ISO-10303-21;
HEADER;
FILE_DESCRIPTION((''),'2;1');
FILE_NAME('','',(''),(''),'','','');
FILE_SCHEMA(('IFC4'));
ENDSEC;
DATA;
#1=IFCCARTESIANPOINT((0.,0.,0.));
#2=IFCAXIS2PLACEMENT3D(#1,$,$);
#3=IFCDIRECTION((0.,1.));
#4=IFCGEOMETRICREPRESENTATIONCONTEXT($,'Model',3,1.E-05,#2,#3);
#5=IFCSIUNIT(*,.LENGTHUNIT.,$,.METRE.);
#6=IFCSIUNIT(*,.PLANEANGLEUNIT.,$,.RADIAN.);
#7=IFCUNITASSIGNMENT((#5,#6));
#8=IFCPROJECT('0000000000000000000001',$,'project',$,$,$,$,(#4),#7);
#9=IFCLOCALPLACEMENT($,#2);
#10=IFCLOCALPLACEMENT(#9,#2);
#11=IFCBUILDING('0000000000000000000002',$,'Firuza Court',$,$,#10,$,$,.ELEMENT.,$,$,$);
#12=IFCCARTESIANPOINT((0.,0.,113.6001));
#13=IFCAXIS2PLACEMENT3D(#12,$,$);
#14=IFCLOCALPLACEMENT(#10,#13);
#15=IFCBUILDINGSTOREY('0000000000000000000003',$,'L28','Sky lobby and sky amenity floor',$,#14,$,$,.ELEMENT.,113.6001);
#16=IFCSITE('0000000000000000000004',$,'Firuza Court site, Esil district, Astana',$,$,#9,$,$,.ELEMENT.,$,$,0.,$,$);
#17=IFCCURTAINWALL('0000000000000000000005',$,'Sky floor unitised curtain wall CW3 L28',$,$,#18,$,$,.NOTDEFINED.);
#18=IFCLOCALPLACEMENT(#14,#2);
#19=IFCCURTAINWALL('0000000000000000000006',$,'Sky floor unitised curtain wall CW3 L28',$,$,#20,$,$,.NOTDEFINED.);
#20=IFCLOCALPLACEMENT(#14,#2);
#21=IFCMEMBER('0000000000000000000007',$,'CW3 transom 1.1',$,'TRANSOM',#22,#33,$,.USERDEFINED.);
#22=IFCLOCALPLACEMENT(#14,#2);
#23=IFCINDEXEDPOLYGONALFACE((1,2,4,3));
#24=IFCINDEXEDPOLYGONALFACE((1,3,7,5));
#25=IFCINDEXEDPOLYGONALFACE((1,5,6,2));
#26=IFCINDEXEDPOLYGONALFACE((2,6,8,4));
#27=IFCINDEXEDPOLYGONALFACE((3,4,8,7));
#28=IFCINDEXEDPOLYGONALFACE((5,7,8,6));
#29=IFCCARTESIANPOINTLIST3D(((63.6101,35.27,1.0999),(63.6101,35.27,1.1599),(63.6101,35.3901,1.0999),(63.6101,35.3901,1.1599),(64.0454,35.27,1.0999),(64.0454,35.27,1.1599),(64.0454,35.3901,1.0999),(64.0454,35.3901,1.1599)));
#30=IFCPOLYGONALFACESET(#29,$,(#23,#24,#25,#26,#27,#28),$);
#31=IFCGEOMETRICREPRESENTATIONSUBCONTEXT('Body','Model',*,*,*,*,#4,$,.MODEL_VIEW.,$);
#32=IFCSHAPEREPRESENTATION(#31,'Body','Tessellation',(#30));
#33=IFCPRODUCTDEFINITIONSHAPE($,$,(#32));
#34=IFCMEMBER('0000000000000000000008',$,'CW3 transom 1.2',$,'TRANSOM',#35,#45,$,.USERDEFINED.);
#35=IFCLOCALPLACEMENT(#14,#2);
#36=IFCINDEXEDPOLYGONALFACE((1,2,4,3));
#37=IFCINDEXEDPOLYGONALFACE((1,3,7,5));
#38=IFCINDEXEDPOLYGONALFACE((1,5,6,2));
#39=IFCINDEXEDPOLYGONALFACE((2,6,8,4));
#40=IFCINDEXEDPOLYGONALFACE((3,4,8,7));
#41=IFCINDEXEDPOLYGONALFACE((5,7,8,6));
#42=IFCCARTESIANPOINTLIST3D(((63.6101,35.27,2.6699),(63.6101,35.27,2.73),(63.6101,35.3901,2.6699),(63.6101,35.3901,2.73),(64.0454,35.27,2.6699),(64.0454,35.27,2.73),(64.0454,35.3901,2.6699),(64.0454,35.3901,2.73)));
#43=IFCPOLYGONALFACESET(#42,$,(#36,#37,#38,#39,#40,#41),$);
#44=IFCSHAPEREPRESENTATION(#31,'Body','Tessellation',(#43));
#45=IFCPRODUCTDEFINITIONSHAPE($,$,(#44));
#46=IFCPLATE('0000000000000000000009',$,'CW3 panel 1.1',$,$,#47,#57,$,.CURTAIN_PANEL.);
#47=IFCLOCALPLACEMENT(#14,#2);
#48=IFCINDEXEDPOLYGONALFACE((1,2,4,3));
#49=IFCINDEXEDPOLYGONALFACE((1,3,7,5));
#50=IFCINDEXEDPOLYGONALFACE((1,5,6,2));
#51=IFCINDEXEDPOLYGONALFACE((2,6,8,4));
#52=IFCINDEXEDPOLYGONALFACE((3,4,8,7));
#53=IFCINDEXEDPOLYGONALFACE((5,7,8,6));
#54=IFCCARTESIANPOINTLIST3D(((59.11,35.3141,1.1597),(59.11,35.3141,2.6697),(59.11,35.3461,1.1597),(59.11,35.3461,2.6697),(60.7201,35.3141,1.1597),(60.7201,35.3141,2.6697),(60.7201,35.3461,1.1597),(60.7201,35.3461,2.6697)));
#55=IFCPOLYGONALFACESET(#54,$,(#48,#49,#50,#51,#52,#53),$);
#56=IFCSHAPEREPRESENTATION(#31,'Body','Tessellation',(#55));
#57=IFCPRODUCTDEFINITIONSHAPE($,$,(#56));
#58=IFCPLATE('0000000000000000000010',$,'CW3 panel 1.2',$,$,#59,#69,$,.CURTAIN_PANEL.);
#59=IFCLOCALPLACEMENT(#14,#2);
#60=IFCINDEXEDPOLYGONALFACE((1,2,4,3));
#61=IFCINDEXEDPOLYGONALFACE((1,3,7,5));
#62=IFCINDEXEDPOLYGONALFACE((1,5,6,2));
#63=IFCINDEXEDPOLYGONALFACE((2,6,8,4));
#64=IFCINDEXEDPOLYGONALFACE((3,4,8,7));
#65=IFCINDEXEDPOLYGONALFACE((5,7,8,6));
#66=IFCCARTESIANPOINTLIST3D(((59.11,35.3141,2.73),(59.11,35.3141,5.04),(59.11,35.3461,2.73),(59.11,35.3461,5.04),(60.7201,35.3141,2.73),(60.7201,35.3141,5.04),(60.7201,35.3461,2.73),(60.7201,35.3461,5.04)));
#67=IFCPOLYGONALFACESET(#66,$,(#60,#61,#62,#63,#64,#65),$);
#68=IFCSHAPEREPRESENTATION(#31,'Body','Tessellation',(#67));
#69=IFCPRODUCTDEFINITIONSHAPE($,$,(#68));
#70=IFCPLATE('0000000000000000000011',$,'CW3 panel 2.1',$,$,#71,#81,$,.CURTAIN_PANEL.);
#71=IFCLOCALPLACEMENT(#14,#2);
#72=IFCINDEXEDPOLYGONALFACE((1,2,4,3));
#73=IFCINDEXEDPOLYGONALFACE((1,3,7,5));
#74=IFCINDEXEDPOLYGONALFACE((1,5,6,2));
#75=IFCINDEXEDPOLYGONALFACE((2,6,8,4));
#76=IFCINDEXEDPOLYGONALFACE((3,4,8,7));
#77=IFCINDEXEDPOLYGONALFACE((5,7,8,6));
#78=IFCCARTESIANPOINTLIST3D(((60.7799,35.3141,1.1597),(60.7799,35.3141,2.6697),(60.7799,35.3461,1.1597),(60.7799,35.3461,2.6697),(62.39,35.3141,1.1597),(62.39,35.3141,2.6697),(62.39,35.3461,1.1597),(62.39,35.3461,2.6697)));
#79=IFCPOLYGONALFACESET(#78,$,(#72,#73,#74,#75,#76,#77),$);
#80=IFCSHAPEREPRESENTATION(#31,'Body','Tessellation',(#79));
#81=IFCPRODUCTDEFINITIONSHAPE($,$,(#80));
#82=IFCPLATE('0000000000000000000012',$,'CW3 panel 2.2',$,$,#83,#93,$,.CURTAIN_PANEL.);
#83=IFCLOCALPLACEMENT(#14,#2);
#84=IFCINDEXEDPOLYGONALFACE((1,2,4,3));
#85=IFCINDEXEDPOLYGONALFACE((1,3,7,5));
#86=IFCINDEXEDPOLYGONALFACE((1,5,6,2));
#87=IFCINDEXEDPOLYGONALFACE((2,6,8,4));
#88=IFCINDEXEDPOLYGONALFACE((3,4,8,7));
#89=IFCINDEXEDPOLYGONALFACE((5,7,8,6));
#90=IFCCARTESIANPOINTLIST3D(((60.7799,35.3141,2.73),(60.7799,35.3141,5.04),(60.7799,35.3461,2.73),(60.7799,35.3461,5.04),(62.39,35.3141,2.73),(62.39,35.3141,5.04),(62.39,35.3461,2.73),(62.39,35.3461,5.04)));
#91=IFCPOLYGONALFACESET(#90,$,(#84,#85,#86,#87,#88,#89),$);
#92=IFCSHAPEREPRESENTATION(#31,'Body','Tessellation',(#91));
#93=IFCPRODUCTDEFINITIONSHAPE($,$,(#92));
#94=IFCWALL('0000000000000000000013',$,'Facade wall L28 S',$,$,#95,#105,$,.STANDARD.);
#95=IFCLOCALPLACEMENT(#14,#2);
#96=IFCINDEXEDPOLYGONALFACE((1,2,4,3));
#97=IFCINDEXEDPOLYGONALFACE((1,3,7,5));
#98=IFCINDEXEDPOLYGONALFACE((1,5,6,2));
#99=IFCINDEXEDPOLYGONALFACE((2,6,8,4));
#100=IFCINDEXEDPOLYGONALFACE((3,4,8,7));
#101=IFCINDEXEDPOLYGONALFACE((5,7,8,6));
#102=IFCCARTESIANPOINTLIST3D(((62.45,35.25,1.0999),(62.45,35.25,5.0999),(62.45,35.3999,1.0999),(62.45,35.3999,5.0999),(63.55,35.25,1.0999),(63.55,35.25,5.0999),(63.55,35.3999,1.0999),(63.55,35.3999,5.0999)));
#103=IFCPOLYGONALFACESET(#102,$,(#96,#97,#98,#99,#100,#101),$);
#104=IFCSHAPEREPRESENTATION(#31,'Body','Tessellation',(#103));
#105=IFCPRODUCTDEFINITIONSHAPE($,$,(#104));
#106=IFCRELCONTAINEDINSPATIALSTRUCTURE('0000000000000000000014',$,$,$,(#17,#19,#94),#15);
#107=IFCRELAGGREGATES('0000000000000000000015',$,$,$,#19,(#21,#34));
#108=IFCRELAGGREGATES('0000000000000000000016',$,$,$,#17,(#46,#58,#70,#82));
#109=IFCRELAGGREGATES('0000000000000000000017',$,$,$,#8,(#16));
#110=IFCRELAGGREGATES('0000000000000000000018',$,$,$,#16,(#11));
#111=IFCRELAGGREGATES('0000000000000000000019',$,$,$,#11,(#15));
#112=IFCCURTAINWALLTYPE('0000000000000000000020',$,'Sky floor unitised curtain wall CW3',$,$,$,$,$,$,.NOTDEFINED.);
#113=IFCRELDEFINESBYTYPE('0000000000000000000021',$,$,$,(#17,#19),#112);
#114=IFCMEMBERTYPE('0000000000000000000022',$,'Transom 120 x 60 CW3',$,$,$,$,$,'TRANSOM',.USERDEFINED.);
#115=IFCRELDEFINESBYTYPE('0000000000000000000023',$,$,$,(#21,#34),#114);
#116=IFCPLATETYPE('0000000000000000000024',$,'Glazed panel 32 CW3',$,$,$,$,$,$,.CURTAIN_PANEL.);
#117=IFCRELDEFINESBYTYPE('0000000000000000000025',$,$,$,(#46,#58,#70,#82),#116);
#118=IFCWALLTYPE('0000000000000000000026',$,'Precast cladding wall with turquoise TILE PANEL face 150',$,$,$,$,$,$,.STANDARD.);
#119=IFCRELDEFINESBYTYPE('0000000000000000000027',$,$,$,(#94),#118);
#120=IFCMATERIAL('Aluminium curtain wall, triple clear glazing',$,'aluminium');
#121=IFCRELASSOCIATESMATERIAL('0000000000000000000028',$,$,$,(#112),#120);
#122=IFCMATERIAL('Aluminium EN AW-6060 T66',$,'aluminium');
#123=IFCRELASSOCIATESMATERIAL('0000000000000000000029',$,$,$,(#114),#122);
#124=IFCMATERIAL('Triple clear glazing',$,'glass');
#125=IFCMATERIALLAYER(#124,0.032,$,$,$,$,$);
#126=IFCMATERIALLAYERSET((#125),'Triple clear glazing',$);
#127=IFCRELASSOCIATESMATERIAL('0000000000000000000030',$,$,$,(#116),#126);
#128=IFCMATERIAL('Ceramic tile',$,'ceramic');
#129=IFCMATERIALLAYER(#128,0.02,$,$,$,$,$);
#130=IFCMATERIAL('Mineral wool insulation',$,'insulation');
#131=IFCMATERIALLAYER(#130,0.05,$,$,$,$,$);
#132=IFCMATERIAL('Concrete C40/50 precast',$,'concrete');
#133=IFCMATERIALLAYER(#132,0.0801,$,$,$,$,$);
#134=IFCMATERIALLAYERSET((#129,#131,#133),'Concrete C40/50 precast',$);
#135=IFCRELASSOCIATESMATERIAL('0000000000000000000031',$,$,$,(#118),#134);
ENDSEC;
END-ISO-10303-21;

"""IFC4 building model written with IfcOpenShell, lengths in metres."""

from ifc_helpers import new_model, si_unit, direction, frame, frame_2d, origin, origin_2d, place, context, subcontext, project, spatial, rectangle, extrude, material, layer, layer_set, material_profile, profile_set, type_object, element, aggregate, save


model = new_model("IFC4")

# Units and contexts
model_context = context("Model", 3, precision=1e-05, world=origin(), true_north=direction((0.0, 1.0)))
body_context = subcontext(model_context, "Body", "Model", "MODEL_VIEW")
ifc_project = project(units=[si_unit("LENGTHUNIT", "METRE"), si_unit("PLANEANGLEUNIT", "RADIAN")], contexts=[model_context])

# Site, building, storey
site_placement = place(None, origin())
site = spatial("IfcSite", under=ifc_project, at=site_placement, Name="Firuza Court site, Esil district, Astana", CompositionType="ELEMENT", RefElevation=0.0)
building_placement = place(site_placement, origin())
building = spatial("IfcBuilding", under=site, at=building_placement, Name="Firuza Court", CompositionType="ELEMENT")
storey_placement = place(building_placement, frame((0.0, 0.0, 113.6001)))
storey = spatial("IfcBuildingStorey", under=building, at=storey_placement, Name="L28", Description="Sky lobby and sky amenity floor", CompositionType="ELEMENT", Elevation=113.6001)

# Curtain wall
ifc_material_1 = material(Name="Aluminium curtain wall, triple clear glazing", Category="aluminium")
curtain_wall_type = type_object("IfcCurtainWallType", Name="Sky floor unitised curtain wall CW3", PredefinedType="NOTDEFINED", material=ifc_material_1)
curtain_wall_1_placement = place(storey_placement, origin())
curtain_wall_1 = element("IfcCurtainWall", 1, at=curtain_wall_1_placement, inside=storey, type_object=curtain_wall_type, Name="Sky floor unitised curtain wall CW3 L28", PredefinedType="NOTDEFINED")

# Curtain wall
curtain_wall_2_placement = place(storey_placement, origin())
curtain_wall_2 = element("IfcCurtainWall", 2, at=curtain_wall_2_placement, inside=storey, type_object=curtain_wall_type, Name="Sky floor unitised curtain wall CW3 L28", PredefinedType="NOTDEFINED")

# Members
ifc_material_2 = material(Name="Aluminium EN AW-6060 T66", Category="aluminium")
ifc_material_profile_1 = material_profile(ifc_material_2, rectangle(XDim=0.1201, YDim=0.0601, at=origin_2d()), Name="Transom 120 x 60 CW3")
ifc_profile_set_1 = profile_set([ifc_material_profile_1], Name="Aluminium EN AW-6060 T66")
member_type_1 = type_object("IfcMemberType", Name="Transom 120 x 60 CW3", ElementType="TRANSOM", PredefinedType="USERDEFINED", material=ifc_profile_set_1)
member_1_placement = place(storey_placement, frame((63.6101, 35.3301, 1.1299), z_axis=(1.0, 0.0, 0.0), x_axis=(0.0, 1.0, 0.0)))
member_1 = element("IfcMember", 3, at=member_1_placement, type_object=member_type_1, Name="CW3 transom 1.1", ObjectType="TRANSOM", PredefinedType="USERDEFINED", context=body_context, shape_type="SweptSolid", body=[
    extrude(rectangle(XDim=0.1201, YDim=0.0601, at=origin_2d()), origin(), (0.0, 0.0, 1.0), 0.4353),
])
member_2_placement = place(storey_placement, frame((63.6101, 35.3301, 2.7), z_axis=(1.0, 0.0, 0.0), x_axis=(0.0, 1.0, 0.0)))
member_2 = element("IfcMember", 4, at=member_2_placement, type_object=member_type_1, Name="CW3 transom 1.2", ObjectType="TRANSOM", PredefinedType="USERDEFINED", context=body_context, shape_type="SweptSolid", body=[
    extrude(rectangle(XDim=0.1201, YDim=0.0601, at=origin_2d()), origin(), (0.0, 0.0, 1.0), 0.4353),
])
aggregate(curtain_wall_2, [member_1, member_2])

# Plates
ifc_material_3 = material(Name="Triple clear glazing", Category="glass")
ifc_layer_1 = layer(ifc_material_3, 0.032)
ifc_layer_set_1 = layer_set([ifc_layer_1], Name="Triple clear glazing")
plate_type = type_object("IfcPlateType", Name="Glazed panel 32 CW3", PredefinedType="CURTAIN_PANEL", material=ifc_layer_set_1)
plate_1_placement = place(storey_placement, frame((59.915, 35.3301, 1.1597), z_axis=(0.0, 0.0, 1.0), x_axis=(1.0, 0.0, 0.0)))
plate_1 = element("IfcPlate", 5, at=plate_1_placement, type_object=plate_type, Name="CW3 panel 1.1", PredefinedType="CURTAIN_PANEL", context=body_context, shape_type="SweptSolid", body=[
    extrude(rectangle(XDim=1.6101, YDim=0.032, at=origin_2d()), origin(), (0.0, 0.0, 1.0), 1.51),
])
plate_2_placement = place(storey_placement, frame((59.915, 35.3301, 2.73), z_axis=(0.0, 0.0, 1.0), x_axis=(1.0, 0.0, 0.0)))
plate_2 = element("IfcPlate", 6, at=plate_2_placement, type_object=plate_type, Name="CW3 panel 1.2", PredefinedType="CURTAIN_PANEL", context=body_context, shape_type="SweptSolid", body=[
    extrude(rectangle(XDim=1.6101, YDim=0.032, at=origin_2d()), origin(), (0.0, 0.0, 1.0), 2.3101),
])
plate_3_placement = place(storey_placement, frame((61.585, 35.3301, 1.1597), z_axis=(0.0, 0.0, 1.0), x_axis=(1.0, 0.0, 0.0)))
plate_3 = element("IfcPlate", 7, at=plate_3_placement, type_object=plate_type, Name="CW3 panel 2.1", PredefinedType="CURTAIN_PANEL", context=body_context, shape_type="SweptSolid", body=[
    extrude(rectangle(XDim=1.6101, YDim=0.032, at=origin_2d()), origin(), (0.0, 0.0, 1.0), 1.51),
])
plate_4_placement = place(storey_placement, frame((61.585, 35.3301, 2.73), z_axis=(0.0, 0.0, 1.0), x_axis=(1.0, 0.0, 0.0)))
plate_4 = element("IfcPlate", 8, at=plate_4_placement, type_object=plate_type, Name="CW3 panel 2.2", PredefinedType="CURTAIN_PANEL", context=body_context, shape_type="SweptSolid", body=[
    extrude(rectangle(XDim=1.6101, YDim=0.032, at=origin_2d()), origin(), (0.0, 0.0, 1.0), 2.3101),
])
aggregate(curtain_wall_1, [plate_1, plate_2, plate_3, plate_4])

# Wall
ifc_material_4 = material(Name="Ceramic tile", Category="ceramic")
ifc_layer_2 = layer(ifc_material_4, 0.02)
ifc_material_5 = material(Name="Mineral wool insulation", Category="insulation")
ifc_layer_3 = layer(ifc_material_5, 0.05)
ifc_material_6 = material(Name="Concrete C40/50 precast", Category="concrete")
ifc_layer_4 = layer(ifc_material_6, 0.0801)
ifc_layer_set_2 = layer_set([ifc_layer_2, ifc_layer_3, ifc_layer_4], Name="Concrete C40/50 precast")
wall_type = type_object("IfcWallType", Name="Precast cladding wall with turquoise TILE PANEL face 150", PredefinedType="STANDARD", material=ifc_layer_set_2)
wall_placement = place(storey_placement, frame((62.45, 35.325, 1.0999), z_axis=(0.0, 0.0, 1.0), x_axis=(1.0, 0.0, 0.0)))
element("IfcWall", 9, at=wall_placement, inside=storey, type_object=wall_type, Name="Facade wall L28 S", PredefinedType="STANDARD", context=body_context, shape_type="SweptSolid", body=[
    extrude(rectangle(XDim=1.1001, YDim=0.1499, at=frame_2d((0.55, 0.0))), origin(), (0.0, 0.0, 1.0), 4.0),
])

save(model, "model.ifc")
